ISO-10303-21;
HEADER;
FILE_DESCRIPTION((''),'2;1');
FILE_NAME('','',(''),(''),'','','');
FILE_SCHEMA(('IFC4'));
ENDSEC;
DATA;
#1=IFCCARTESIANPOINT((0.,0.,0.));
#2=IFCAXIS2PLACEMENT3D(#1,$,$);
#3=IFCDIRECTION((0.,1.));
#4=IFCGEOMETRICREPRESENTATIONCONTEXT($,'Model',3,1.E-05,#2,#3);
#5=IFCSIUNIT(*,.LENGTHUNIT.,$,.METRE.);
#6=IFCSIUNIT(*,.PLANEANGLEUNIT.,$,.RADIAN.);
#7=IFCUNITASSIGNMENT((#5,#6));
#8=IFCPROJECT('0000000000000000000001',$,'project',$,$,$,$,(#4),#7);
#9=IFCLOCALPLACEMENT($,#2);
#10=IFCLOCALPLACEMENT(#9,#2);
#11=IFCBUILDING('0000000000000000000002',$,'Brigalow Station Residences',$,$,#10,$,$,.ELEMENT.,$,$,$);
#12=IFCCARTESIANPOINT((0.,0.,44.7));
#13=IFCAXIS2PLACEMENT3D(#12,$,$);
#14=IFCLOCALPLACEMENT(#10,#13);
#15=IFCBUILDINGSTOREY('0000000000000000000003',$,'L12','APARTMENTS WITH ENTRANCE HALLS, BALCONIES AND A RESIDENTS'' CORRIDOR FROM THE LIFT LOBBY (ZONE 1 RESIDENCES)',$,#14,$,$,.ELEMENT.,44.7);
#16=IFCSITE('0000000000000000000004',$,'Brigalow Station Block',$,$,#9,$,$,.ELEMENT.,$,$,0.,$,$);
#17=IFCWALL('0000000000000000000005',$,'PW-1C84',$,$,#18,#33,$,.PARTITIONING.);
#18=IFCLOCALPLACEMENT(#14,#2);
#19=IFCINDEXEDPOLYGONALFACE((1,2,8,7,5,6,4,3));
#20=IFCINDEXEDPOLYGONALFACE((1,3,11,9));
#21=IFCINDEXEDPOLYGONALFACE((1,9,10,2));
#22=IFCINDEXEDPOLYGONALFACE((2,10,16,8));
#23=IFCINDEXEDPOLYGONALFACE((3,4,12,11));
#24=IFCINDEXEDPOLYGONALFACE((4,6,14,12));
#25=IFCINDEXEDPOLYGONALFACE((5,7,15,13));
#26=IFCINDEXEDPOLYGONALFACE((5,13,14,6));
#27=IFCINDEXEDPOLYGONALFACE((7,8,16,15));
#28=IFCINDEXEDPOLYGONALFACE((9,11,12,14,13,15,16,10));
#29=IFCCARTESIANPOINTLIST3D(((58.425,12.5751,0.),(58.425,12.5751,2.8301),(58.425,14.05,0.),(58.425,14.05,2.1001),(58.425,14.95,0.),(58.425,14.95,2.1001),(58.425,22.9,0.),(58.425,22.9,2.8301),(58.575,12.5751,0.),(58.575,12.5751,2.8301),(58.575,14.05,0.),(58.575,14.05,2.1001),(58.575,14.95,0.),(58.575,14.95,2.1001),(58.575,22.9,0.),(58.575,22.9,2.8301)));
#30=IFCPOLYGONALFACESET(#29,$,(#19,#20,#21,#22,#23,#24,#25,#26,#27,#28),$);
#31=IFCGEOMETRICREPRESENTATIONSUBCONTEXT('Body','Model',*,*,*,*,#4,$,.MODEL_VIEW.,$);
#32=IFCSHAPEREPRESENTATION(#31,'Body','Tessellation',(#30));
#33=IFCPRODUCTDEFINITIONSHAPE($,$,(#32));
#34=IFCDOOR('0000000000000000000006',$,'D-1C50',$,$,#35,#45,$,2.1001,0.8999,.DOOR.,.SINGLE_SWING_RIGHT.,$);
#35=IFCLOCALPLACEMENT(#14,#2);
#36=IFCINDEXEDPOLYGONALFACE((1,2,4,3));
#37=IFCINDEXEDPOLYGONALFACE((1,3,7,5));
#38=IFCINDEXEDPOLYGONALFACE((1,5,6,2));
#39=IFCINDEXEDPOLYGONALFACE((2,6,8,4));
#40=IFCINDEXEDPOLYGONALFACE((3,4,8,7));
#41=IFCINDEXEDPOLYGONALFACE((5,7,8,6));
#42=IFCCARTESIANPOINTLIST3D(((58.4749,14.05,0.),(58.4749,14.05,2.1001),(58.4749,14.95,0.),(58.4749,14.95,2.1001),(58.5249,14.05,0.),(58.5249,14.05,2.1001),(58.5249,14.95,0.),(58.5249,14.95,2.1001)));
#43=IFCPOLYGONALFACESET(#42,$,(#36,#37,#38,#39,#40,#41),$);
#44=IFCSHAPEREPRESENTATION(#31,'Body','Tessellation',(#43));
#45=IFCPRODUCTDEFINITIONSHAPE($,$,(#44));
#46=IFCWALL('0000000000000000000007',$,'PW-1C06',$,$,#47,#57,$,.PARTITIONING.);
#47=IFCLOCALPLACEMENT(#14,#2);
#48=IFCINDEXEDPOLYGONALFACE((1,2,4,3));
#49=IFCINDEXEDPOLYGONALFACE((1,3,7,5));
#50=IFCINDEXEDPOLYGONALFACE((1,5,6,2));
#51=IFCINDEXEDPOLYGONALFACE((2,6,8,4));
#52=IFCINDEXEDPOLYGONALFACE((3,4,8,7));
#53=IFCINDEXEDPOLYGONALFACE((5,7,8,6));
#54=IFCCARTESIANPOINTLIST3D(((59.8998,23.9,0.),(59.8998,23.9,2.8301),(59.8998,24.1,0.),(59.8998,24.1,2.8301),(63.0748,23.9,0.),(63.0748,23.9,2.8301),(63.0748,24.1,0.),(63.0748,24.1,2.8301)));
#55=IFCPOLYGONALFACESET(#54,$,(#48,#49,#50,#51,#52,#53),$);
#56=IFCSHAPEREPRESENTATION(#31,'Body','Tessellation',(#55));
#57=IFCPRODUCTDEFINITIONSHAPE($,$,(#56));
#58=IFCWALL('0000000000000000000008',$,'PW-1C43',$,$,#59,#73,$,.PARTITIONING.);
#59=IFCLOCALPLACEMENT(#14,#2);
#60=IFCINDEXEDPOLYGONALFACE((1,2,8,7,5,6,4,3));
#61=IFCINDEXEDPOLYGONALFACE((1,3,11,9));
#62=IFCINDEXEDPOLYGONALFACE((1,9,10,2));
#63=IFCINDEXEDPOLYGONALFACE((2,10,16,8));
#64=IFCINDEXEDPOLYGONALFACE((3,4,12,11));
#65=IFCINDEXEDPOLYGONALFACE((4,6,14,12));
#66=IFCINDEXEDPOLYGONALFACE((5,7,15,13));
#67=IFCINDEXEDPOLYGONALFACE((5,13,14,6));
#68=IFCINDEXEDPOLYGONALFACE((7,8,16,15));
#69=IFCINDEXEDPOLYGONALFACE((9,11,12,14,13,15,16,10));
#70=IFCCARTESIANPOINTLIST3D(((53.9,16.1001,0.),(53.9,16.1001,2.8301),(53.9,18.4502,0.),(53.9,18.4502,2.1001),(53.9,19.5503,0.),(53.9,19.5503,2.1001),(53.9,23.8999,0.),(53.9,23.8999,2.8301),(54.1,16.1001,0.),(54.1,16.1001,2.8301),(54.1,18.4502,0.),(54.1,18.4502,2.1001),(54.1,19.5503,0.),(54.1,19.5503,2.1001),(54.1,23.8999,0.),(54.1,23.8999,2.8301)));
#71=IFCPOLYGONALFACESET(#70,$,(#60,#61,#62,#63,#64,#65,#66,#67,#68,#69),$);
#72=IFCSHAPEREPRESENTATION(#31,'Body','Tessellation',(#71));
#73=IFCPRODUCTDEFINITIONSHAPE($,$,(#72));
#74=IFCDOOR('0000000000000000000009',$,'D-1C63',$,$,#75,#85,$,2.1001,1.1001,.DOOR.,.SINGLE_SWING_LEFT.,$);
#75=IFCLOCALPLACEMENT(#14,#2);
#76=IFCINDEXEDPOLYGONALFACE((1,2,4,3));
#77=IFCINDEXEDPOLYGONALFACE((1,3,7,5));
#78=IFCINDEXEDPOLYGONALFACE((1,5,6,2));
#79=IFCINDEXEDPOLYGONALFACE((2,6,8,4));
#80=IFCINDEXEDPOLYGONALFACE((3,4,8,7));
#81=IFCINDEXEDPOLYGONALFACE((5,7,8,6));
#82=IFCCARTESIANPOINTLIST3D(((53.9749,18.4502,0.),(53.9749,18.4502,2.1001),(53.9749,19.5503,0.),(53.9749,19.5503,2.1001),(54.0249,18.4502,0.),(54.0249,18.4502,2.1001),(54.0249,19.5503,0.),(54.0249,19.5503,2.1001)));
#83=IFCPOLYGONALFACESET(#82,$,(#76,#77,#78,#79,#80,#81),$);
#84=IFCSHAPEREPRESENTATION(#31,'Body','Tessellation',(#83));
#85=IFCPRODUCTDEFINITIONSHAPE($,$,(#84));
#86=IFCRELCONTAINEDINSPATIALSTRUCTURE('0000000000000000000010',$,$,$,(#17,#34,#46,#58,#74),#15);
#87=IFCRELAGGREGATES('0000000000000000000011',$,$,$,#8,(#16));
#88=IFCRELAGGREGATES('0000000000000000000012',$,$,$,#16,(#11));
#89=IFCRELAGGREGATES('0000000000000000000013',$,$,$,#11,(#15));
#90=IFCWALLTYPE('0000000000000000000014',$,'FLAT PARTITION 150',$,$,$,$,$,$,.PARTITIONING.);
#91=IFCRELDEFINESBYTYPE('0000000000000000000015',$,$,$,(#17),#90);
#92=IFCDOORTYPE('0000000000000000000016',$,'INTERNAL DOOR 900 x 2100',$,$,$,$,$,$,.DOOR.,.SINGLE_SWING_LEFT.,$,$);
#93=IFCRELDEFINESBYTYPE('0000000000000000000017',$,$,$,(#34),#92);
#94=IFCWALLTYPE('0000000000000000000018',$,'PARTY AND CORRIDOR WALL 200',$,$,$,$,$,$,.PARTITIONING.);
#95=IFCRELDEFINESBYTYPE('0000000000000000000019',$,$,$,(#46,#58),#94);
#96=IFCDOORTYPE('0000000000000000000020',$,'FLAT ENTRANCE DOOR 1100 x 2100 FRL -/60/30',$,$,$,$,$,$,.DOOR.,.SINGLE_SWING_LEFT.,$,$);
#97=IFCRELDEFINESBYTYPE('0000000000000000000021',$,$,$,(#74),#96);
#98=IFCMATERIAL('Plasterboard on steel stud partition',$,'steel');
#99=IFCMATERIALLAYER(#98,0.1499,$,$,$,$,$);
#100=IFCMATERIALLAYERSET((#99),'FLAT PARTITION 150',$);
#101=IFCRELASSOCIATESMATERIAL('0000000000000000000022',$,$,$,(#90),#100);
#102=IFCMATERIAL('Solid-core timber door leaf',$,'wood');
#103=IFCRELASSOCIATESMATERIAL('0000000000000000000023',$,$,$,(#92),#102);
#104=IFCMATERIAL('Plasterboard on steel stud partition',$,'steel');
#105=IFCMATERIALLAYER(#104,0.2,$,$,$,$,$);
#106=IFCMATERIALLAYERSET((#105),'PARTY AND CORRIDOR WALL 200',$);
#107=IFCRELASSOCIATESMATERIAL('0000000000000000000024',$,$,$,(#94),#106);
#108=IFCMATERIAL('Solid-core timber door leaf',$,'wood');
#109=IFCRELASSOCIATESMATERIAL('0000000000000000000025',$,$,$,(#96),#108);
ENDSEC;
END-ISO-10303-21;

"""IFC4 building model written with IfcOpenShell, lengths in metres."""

from ifc_helpers import new_model, si_unit, direction, frame, frame_2d, origin, place, context, subcontext, project, spatial, rectangle, extrude, material, layer, layer_set, type_object, element, fill, save


model = new_model("IFC4")

# Units and contexts
model_context = context("Model", 3, precision=1e-05, world=origin(), true_north=direction((0.0, 1.0)))
body_context = subcontext(model_context, "Body", "Model", "MODEL_VIEW")
ifc_project = project(units=[si_unit("LENGTHUNIT", "METRE"), si_unit("PLANEANGLEUNIT", "RADIAN")], contexts=[model_context])

# Site, building, storey
site_placement = place(None, origin())
site = spatial("IfcSite", under=ifc_project, at=site_placement, Name="Brigalow Station Block", CompositionType="ELEMENT", RefElevation=0.0)
building_placement = place(site_placement, origin())
building = spatial("IfcBuilding", under=site, at=building_placement, Name="Brigalow Station Residences", CompositionType="ELEMENT")
storey_placement = place(building_placement, frame((0.0, 0.0, 44.7)))
storey = spatial("IfcBuildingStorey", under=building, at=storey_placement, Name="L12", Description="APARTMENTS WITH ENTRANCE HALLS, BALCONIES AND A RESIDENTS' CORRIDOR FROM THE LIFT LOBBY (ZONE 1 RESIDENCES)", CompositionType="ELEMENT", Elevation=44.7)

# Shared definitions
ifc_material_1 = material(Name="Plasterboard on steel stud partition", Category="steel")
ifc_layer_1 = layer(ifc_material_1, 0.1499)
ifc_layer_set_1 = layer_set([ifc_layer_1], Name="FLAT PARTITION 150")
wall_type_1 = type_object("IfcWallType", Name="FLAT PARTITION 150", PredefinedType="PARTITIONING", material=ifc_layer_set_1)

# Wall, opening, door
ifc_material_2 = material(Name="Solid-core timber door leaf", Category="wood")
door_type_1 = type_object("IfcDoorType", Name="INTERNAL DOOR 900 x 2100", OperationType="SINGLE_SWING_LEFT", PredefinedType="DOOR", material=ifc_material_2)
wall_1_placement = place(storey_placement, frame((58.5, 12.575, 0.0), z_axis=(0.0, 0.0, 1.0), x_axis=(0.0, 1.0, 0.0)))
wall_1 = element("IfcWall", 1, at=wall_1_placement, inside=storey, type_object=wall_type_1, Name="PW-1C84", PredefinedType="PARTITIONING", context=body_context, shape_type="SweptSolid", body=[
    extrude(rectangle(XDim=10.325, YDim=0.1499, at=frame_2d((5.1626, 0.0))), origin(), (0.0, 0.0, 1.0), 2.8301),
])
opening_1_placement = place(wall_1_placement, frame((1.4751, 0.0, 0.0)))
opening_1 = element("IfcOpeningElement", 2, at=opening_1_placement, cuts=wall_1, PredefinedType="OPENING", context=body_context, shape_type="SweptSolid", body=[
    extrude(rectangle(XDim=0.8999, YDim=2.1001, at=frame_2d((0.45, 1.05))), frame((0.0, 0.085, 0.0), z_axis=(0.0, -1.0, 0.0), x_axis=(1.0, 0.0, 0.0)), (0.0, 0.0, 1.0), 0.1699),
])
door_1_placement = place(opening_1_placement, frame((0.8999, 0.0, 0.0), z_axis=(0.0, 0.0, 1.0), x_axis=(-1.0, 0.0, 0.0)))
door_1 = element("IfcDoor", 3, at=door_1_placement, inside=storey, type_object=door_type_1, Name="D-1C50", OperationType="SINGLE_SWING_RIGHT", OverallHeight=2.1001, OverallWidth=0.8999, PredefinedType="DOOR", context=body_context, shape_type="SweptSolid", body=[
    extrude(rectangle(XDim=0.8999, YDim=2.1001, at=frame_2d((0.45, 1.05))), frame((0.0, 0.0249, 0.0), z_axis=(0.0, -1.0, 0.0), x_axis=(1.0, 0.0, 0.0)), (0.0, 0.0, 1.0), 0.05),
])
fill(opening_1, door_1)

# Wall
ifc_material_3 = material(Name="Plasterboard on steel stud partition", Category="steel")
ifc_layer_2 = layer(ifc_material_3, 0.2)
ifc_layer_set_2 = layer_set([ifc_layer_2], Name="PARTY AND CORRIDOR WALL 200")
wall_type_2 = type_object("IfcWallType", Name="PARTY AND CORRIDOR WALL 200", PredefinedType="PARTITIONING", material=ifc_layer_set_2)
wall_2_placement = place(storey_placement, frame((59.8999, 24.0, 0.0), z_axis=(0.0, 0.0, 1.0), x_axis=(1.0, 0.0, 0.0)))
element("IfcWall", 4, at=wall_2_placement, inside=storey, type_object=wall_type_2, Name="PW-1C06", PredefinedType="PARTITIONING", context=body_context, shape_type="SweptSolid", body=[
    extrude(rectangle(XDim=3.175, YDim=0.2, at=frame_2d((1.5874, 0.0))), origin(), (0.0, 0.0, 1.0), 2.8301),
])

# Wall, opening, door
wall_3_placement = place(storey_placement, frame((54.0, 16.1001, 0.0), z_axis=(0.0, 0.0, 1.0), x_axis=(0.0, 1.0, 0.0)))
wall_3 = element("IfcWall", 5, at=wall_3_placement, inside=storey, type_object=wall_type_2, Name="PW-1C43", PredefinedType="PARTITIONING", context=body_context, shape_type="SweptSolid", body=[
    extrude(rectangle(XDim=7.7998, YDim=0.2, at=frame_2d((3.8999, 0.0))), origin(), (0.0, 0.0, 1.0), 2.8301),
])
opening_2_placement = place(wall_3_placement, frame((2.3501, 0.0, 0.0)))
opening_2 = element("IfcOpeningElement", 6, at=opening_2_placement, cuts=wall_3, PredefinedType="OPENING", context=body_context, shape_type="SweptSolid", body=[
    extrude(rectangle(XDim=1.1001, YDim=2.1001, at=frame_2d((0.55, 1.05))), frame((0.0, 0.1099, 0.0), z_axis=(0.0, -1.0, 0.0), x_axis=(1.0, 0.0, 0.0)), (0.0, 0.0, 1.0), 0.22),
])
ifc_material_4 = material(Name="Solid-core timber door leaf", Category="wood")
door_type_2 = type_object("IfcDoorType", Name="FLAT ENTRANCE DOOR 1100 x 2100 FRL -/60/30", OperationType="SINGLE_SWING_LEFT", PredefinedType="DOOR", material=ifc_material_4)
door_2_placement = place(opening_2_placement, frame((1.1001, 0.0, 0.0), z_axis=(0.0, 0.0, 1.0), x_axis=(-1.0, 0.0, 0.0)))
door_2 = element("IfcDoor", 7, at=door_2_placement, inside=storey, type_object=door_type_2, Name="D-1C63", OperationType="SINGLE_SWING_LEFT", OverallHeight=2.1001, OverallWidth=1.1001, PredefinedType="DOOR", context=body_context, shape_type="SweptSolid", body=[
    extrude(rectangle(XDim=1.1001, YDim=2.1001, at=frame_2d((0.55, 1.05))), frame((0.0, 0.0249, 0.0), z_axis=(0.0, -1.0, 0.0), x_axis=(1.0, 0.0, 0.0)), (0.0, 0.0, 1.0), 0.05),
])
fill(opening_2, door_2)

save(model, "model.ifc")
